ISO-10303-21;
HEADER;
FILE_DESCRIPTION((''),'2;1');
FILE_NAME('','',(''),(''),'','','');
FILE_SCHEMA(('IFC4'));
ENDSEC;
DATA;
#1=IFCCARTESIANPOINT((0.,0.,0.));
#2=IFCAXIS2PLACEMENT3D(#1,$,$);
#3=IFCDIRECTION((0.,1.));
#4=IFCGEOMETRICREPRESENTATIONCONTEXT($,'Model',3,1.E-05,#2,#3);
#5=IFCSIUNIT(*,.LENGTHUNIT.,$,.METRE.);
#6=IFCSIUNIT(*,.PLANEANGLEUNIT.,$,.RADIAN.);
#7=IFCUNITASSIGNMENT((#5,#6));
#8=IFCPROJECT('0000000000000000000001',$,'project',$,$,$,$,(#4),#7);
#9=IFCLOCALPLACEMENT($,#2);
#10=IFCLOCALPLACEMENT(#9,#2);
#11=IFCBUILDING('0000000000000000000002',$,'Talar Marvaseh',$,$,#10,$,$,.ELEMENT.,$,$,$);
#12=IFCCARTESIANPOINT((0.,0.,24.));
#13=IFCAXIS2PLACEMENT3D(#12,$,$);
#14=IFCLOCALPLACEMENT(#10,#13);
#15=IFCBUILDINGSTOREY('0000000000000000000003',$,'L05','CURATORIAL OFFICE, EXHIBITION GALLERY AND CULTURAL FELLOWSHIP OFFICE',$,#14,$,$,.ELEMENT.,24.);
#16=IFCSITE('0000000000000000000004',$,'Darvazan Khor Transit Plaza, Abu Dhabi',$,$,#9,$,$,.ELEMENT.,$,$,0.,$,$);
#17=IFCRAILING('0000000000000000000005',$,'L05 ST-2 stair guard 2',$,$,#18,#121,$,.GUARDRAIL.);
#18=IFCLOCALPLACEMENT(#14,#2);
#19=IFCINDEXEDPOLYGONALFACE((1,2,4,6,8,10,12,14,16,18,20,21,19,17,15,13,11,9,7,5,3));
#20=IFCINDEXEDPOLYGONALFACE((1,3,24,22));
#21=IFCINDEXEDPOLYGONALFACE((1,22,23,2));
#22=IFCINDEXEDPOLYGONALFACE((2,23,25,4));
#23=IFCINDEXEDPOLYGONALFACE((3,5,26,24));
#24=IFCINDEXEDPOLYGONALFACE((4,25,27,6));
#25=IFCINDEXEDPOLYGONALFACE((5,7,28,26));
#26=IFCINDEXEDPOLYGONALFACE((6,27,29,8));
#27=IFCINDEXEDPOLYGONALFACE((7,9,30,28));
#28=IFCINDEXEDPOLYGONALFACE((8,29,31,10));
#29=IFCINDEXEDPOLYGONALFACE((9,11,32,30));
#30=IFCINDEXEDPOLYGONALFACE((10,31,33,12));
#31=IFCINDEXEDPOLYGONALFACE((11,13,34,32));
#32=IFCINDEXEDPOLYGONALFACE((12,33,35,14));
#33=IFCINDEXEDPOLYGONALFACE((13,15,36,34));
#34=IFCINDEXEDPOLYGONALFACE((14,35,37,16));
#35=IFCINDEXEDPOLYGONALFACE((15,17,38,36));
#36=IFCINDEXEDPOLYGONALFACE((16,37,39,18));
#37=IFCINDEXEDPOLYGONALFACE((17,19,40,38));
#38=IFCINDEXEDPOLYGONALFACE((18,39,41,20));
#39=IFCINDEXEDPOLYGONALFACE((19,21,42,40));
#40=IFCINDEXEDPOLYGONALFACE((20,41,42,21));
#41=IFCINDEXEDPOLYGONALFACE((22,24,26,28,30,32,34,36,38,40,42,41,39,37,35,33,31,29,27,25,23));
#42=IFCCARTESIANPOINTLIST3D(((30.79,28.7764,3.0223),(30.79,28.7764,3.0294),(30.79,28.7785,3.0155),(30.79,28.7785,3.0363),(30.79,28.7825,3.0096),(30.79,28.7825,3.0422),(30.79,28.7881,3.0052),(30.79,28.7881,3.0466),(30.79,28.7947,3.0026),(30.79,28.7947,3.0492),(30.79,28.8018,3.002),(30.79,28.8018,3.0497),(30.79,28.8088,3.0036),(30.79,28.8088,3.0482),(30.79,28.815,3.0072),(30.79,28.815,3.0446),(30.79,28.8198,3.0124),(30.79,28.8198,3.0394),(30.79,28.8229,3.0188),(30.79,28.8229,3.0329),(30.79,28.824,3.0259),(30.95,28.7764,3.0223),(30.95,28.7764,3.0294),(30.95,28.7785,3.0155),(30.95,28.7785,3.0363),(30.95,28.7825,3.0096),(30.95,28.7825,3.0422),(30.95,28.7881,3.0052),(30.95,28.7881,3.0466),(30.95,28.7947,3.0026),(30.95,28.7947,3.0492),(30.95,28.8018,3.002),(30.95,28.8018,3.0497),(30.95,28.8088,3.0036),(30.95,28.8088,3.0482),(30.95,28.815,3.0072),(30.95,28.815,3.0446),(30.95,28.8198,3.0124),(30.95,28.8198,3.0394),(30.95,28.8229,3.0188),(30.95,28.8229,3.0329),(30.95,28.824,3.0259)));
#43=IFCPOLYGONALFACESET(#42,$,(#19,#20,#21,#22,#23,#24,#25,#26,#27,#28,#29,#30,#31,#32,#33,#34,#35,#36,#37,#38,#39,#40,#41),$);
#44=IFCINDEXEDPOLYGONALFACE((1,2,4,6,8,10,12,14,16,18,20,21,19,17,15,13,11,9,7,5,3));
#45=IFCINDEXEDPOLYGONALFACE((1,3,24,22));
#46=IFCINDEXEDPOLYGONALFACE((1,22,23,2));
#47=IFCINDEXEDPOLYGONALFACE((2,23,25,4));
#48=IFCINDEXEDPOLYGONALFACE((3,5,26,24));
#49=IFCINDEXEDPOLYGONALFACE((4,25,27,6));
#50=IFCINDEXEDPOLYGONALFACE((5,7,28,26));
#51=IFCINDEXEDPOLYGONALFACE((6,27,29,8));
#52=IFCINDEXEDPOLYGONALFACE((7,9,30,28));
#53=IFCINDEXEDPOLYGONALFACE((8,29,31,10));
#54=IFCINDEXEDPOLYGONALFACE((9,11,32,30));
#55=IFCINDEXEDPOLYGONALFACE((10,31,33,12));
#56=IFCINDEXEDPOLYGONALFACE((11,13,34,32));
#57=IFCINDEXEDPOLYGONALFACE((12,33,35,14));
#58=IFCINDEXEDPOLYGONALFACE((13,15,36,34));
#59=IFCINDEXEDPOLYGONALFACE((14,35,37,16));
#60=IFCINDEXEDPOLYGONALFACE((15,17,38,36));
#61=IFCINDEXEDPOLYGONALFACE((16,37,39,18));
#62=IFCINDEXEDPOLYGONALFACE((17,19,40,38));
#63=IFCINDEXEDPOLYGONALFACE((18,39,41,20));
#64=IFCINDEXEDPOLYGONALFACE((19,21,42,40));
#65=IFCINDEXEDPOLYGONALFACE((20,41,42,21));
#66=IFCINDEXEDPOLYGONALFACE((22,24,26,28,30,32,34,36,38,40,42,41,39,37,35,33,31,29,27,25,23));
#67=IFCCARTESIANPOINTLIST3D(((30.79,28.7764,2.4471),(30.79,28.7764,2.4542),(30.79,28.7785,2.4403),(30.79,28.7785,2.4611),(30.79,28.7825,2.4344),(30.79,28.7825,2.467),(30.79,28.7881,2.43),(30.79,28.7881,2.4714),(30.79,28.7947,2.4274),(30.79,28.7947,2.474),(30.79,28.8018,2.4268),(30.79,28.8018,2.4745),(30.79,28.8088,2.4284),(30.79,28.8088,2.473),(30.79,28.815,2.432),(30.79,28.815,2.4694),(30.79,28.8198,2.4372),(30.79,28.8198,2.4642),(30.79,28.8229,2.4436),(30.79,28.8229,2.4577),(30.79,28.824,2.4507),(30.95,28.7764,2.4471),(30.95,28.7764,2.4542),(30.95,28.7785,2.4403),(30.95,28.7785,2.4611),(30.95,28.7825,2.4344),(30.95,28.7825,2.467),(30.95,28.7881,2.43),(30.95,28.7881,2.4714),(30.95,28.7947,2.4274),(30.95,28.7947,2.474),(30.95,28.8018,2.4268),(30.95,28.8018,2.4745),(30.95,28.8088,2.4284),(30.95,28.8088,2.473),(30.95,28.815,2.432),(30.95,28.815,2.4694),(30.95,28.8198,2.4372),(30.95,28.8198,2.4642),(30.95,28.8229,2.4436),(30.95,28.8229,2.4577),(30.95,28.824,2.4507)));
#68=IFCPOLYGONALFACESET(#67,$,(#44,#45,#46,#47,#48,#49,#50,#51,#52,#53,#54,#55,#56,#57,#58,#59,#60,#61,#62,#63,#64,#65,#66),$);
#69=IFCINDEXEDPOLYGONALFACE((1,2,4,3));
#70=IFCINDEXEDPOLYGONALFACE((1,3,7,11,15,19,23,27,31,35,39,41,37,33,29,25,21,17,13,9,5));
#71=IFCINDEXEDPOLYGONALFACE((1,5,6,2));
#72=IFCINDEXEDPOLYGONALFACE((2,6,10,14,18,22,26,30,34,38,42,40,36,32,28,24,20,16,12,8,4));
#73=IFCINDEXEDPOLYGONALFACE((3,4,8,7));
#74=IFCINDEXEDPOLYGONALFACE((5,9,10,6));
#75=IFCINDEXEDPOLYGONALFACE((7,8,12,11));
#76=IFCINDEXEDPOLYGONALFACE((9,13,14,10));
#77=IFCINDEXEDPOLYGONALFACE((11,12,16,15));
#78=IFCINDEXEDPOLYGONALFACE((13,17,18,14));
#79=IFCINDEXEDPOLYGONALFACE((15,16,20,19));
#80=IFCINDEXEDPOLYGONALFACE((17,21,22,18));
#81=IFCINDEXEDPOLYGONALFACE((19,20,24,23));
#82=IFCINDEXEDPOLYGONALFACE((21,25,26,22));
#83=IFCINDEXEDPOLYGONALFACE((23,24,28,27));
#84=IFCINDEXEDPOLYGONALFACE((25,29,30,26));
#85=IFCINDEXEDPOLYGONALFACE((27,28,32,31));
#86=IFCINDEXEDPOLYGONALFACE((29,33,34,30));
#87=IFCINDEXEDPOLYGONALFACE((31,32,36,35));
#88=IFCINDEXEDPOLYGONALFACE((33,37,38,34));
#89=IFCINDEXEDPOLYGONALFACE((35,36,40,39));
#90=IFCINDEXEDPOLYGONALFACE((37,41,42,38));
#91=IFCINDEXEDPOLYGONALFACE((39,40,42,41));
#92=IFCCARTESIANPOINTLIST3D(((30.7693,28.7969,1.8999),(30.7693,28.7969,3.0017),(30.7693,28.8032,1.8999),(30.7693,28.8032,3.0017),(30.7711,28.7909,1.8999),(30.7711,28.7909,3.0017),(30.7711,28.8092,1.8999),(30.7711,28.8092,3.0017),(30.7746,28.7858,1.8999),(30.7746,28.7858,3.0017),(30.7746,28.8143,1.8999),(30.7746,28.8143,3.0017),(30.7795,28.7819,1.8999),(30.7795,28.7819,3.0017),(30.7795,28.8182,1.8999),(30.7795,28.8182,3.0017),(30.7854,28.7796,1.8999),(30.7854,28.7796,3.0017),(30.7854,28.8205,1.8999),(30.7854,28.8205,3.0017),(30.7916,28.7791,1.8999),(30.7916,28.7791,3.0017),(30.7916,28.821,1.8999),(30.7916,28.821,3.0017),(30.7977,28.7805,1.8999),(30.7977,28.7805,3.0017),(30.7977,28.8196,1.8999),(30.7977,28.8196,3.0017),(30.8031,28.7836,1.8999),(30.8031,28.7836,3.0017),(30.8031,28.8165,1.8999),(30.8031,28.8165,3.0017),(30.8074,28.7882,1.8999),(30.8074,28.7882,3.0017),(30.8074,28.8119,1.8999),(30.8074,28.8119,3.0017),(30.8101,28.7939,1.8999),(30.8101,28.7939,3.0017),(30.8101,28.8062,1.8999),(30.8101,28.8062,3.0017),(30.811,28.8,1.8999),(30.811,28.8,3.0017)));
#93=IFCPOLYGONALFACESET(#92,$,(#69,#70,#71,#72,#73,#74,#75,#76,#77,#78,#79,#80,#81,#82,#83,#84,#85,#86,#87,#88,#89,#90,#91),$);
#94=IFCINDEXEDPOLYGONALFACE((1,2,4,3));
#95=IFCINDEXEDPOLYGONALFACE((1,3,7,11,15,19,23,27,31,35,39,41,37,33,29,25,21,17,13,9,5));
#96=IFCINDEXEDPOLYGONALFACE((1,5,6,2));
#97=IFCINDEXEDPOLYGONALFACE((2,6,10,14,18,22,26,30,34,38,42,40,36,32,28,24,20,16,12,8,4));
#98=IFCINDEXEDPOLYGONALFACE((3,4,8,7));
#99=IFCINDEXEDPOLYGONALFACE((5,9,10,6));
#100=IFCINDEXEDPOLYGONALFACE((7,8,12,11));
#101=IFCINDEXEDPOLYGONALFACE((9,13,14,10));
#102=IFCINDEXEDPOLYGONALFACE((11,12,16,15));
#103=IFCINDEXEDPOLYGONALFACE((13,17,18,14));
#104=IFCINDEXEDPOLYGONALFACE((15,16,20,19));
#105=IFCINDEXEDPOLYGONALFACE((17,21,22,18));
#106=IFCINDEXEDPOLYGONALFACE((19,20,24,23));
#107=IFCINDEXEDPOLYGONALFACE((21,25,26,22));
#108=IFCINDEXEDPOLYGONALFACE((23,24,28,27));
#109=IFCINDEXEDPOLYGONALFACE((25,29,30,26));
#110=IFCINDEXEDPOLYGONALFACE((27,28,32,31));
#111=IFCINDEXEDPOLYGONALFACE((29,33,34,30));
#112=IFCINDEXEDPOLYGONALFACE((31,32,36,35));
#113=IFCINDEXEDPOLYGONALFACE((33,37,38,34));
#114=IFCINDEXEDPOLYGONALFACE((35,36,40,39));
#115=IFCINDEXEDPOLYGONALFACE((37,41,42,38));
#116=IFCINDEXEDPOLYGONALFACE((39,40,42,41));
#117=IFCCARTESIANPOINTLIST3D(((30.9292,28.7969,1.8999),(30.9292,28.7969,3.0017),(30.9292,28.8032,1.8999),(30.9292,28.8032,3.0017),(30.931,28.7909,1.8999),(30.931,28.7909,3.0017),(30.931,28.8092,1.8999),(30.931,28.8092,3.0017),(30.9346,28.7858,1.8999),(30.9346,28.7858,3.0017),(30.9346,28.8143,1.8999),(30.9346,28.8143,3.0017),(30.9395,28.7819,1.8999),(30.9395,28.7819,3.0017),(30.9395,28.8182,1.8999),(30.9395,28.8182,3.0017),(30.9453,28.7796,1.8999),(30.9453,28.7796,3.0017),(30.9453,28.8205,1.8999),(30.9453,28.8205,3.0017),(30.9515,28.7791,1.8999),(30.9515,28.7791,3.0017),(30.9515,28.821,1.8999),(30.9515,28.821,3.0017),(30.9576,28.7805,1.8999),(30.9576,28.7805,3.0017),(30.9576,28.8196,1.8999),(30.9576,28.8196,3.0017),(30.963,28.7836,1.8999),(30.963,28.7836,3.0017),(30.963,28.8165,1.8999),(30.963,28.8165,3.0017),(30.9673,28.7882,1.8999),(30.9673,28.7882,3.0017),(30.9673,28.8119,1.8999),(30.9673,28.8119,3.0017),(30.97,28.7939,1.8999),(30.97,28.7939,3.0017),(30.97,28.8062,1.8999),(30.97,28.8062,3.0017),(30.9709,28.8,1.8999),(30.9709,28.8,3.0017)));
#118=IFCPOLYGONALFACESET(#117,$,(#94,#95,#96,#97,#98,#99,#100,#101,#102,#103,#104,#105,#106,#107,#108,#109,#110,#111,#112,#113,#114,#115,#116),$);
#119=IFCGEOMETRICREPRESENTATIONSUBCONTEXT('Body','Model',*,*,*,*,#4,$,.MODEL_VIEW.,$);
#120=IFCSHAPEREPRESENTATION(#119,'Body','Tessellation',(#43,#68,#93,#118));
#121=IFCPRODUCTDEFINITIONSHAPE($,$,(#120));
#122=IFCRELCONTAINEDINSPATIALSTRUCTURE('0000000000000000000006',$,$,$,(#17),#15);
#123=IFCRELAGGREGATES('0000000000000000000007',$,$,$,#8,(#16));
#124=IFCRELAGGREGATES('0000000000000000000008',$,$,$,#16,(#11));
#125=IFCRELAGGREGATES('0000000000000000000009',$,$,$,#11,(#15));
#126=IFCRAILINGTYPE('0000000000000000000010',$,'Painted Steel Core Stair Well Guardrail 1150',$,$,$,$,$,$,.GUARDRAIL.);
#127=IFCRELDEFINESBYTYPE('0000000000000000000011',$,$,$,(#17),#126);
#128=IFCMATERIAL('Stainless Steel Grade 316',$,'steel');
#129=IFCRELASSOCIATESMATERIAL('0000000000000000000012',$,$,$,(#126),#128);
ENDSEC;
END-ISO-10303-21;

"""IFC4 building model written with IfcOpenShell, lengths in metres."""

from ifc_helpers import new_model, si_unit, direction, frame, origin, origin_2d, place, context, subcontext, project, spatial, circle, extrude, material, type_object, element, save


model = new_model("IFC4")

# Units and contexts
model_context = context("Model", 3, precision=1e-05, world=origin(), true_north=direction((0.0, 1.0)))
body_context = subcontext(model_context, "Body", "Model", "MODEL_VIEW")
ifc_project = project(units=[si_unit("LENGTHUNIT", "METRE"), si_unit("PLANEANGLEUNIT", "RADIAN")], contexts=[model_context])

# Site, building, storey
site_placement = place(None, origin())
site = spatial("IfcSite", under=ifc_project, at=site_placement, Name="Darvazan Khor Transit Plaza, Abu Dhabi", CompositionType="ELEMENT", RefElevation=0.0)
building_placement = place(site_placement, origin())
building = spatial("IfcBuilding", under=site, at=building_placement, Name="Talar Marvaseh", CompositionType="ELEMENT")
storey_placement = place(building_placement, frame((0.0, 0.0, 24.0)))
storey = spatial("IfcBuildingStorey", under=building, at=storey_placement, Name="L05", Description="CURATORIAL OFFICE, EXHIBITION GALLERY AND CULTURAL FELLOWSHIP OFFICE", CompositionType="ELEMENT", Elevation=24.0)

# Shared definitions
ifc_material_1 = material(Name="Stainless Steel Grade 316", Category="steel")

# Railing
railing_type_1 = type_object("IfcRailingType", Name="Painted Steel Core Stair Well Guardrail 1150", PredefinedType="GUARDRAIL", material=ifc_material_1)
railing_1_placement = place(storey_placement, frame((30.79, 28.8, 1.8999)))
element("IfcRailing", 1, at=railing_1_placement, inside=storey, type_object=railing_type_1, Name="L05 ST-2 stair guard 2", PredefinedType="GUARDRAIL", context=body_context, shape_type="SweptSolid", body=[
    extrude(circle(Radius=0.0239, at=origin_2d()), frame((0.0, 0.0, 1.126), z_axis=(1.0, 0.0, 0.0), x_axis=(0.0, 1.0, 0.0)), (0.0, 0.0, 1.0), 0.1599),
    extrude(circle(Radius=0.0239, at=origin_2d()), frame((0.0, 0.0, 0.5508), z_axis=(1.0, 0.0, 0.0), x_axis=(0.0, 1.0, 0.0)), (0.0, 0.0, 1.0), 0.1599),
    extrude(circle(Radius=0.021, at=origin_2d()), origin(), (0.0, 0.0, 1.0), 1.1018),
    extrude(circle(Radius=0.021, at=origin_2d()), frame((0.1599, 0.0, 0.0)), (0.0, 0.0, 1.0), 1.1018),
])

save(model, "model.ifc")
